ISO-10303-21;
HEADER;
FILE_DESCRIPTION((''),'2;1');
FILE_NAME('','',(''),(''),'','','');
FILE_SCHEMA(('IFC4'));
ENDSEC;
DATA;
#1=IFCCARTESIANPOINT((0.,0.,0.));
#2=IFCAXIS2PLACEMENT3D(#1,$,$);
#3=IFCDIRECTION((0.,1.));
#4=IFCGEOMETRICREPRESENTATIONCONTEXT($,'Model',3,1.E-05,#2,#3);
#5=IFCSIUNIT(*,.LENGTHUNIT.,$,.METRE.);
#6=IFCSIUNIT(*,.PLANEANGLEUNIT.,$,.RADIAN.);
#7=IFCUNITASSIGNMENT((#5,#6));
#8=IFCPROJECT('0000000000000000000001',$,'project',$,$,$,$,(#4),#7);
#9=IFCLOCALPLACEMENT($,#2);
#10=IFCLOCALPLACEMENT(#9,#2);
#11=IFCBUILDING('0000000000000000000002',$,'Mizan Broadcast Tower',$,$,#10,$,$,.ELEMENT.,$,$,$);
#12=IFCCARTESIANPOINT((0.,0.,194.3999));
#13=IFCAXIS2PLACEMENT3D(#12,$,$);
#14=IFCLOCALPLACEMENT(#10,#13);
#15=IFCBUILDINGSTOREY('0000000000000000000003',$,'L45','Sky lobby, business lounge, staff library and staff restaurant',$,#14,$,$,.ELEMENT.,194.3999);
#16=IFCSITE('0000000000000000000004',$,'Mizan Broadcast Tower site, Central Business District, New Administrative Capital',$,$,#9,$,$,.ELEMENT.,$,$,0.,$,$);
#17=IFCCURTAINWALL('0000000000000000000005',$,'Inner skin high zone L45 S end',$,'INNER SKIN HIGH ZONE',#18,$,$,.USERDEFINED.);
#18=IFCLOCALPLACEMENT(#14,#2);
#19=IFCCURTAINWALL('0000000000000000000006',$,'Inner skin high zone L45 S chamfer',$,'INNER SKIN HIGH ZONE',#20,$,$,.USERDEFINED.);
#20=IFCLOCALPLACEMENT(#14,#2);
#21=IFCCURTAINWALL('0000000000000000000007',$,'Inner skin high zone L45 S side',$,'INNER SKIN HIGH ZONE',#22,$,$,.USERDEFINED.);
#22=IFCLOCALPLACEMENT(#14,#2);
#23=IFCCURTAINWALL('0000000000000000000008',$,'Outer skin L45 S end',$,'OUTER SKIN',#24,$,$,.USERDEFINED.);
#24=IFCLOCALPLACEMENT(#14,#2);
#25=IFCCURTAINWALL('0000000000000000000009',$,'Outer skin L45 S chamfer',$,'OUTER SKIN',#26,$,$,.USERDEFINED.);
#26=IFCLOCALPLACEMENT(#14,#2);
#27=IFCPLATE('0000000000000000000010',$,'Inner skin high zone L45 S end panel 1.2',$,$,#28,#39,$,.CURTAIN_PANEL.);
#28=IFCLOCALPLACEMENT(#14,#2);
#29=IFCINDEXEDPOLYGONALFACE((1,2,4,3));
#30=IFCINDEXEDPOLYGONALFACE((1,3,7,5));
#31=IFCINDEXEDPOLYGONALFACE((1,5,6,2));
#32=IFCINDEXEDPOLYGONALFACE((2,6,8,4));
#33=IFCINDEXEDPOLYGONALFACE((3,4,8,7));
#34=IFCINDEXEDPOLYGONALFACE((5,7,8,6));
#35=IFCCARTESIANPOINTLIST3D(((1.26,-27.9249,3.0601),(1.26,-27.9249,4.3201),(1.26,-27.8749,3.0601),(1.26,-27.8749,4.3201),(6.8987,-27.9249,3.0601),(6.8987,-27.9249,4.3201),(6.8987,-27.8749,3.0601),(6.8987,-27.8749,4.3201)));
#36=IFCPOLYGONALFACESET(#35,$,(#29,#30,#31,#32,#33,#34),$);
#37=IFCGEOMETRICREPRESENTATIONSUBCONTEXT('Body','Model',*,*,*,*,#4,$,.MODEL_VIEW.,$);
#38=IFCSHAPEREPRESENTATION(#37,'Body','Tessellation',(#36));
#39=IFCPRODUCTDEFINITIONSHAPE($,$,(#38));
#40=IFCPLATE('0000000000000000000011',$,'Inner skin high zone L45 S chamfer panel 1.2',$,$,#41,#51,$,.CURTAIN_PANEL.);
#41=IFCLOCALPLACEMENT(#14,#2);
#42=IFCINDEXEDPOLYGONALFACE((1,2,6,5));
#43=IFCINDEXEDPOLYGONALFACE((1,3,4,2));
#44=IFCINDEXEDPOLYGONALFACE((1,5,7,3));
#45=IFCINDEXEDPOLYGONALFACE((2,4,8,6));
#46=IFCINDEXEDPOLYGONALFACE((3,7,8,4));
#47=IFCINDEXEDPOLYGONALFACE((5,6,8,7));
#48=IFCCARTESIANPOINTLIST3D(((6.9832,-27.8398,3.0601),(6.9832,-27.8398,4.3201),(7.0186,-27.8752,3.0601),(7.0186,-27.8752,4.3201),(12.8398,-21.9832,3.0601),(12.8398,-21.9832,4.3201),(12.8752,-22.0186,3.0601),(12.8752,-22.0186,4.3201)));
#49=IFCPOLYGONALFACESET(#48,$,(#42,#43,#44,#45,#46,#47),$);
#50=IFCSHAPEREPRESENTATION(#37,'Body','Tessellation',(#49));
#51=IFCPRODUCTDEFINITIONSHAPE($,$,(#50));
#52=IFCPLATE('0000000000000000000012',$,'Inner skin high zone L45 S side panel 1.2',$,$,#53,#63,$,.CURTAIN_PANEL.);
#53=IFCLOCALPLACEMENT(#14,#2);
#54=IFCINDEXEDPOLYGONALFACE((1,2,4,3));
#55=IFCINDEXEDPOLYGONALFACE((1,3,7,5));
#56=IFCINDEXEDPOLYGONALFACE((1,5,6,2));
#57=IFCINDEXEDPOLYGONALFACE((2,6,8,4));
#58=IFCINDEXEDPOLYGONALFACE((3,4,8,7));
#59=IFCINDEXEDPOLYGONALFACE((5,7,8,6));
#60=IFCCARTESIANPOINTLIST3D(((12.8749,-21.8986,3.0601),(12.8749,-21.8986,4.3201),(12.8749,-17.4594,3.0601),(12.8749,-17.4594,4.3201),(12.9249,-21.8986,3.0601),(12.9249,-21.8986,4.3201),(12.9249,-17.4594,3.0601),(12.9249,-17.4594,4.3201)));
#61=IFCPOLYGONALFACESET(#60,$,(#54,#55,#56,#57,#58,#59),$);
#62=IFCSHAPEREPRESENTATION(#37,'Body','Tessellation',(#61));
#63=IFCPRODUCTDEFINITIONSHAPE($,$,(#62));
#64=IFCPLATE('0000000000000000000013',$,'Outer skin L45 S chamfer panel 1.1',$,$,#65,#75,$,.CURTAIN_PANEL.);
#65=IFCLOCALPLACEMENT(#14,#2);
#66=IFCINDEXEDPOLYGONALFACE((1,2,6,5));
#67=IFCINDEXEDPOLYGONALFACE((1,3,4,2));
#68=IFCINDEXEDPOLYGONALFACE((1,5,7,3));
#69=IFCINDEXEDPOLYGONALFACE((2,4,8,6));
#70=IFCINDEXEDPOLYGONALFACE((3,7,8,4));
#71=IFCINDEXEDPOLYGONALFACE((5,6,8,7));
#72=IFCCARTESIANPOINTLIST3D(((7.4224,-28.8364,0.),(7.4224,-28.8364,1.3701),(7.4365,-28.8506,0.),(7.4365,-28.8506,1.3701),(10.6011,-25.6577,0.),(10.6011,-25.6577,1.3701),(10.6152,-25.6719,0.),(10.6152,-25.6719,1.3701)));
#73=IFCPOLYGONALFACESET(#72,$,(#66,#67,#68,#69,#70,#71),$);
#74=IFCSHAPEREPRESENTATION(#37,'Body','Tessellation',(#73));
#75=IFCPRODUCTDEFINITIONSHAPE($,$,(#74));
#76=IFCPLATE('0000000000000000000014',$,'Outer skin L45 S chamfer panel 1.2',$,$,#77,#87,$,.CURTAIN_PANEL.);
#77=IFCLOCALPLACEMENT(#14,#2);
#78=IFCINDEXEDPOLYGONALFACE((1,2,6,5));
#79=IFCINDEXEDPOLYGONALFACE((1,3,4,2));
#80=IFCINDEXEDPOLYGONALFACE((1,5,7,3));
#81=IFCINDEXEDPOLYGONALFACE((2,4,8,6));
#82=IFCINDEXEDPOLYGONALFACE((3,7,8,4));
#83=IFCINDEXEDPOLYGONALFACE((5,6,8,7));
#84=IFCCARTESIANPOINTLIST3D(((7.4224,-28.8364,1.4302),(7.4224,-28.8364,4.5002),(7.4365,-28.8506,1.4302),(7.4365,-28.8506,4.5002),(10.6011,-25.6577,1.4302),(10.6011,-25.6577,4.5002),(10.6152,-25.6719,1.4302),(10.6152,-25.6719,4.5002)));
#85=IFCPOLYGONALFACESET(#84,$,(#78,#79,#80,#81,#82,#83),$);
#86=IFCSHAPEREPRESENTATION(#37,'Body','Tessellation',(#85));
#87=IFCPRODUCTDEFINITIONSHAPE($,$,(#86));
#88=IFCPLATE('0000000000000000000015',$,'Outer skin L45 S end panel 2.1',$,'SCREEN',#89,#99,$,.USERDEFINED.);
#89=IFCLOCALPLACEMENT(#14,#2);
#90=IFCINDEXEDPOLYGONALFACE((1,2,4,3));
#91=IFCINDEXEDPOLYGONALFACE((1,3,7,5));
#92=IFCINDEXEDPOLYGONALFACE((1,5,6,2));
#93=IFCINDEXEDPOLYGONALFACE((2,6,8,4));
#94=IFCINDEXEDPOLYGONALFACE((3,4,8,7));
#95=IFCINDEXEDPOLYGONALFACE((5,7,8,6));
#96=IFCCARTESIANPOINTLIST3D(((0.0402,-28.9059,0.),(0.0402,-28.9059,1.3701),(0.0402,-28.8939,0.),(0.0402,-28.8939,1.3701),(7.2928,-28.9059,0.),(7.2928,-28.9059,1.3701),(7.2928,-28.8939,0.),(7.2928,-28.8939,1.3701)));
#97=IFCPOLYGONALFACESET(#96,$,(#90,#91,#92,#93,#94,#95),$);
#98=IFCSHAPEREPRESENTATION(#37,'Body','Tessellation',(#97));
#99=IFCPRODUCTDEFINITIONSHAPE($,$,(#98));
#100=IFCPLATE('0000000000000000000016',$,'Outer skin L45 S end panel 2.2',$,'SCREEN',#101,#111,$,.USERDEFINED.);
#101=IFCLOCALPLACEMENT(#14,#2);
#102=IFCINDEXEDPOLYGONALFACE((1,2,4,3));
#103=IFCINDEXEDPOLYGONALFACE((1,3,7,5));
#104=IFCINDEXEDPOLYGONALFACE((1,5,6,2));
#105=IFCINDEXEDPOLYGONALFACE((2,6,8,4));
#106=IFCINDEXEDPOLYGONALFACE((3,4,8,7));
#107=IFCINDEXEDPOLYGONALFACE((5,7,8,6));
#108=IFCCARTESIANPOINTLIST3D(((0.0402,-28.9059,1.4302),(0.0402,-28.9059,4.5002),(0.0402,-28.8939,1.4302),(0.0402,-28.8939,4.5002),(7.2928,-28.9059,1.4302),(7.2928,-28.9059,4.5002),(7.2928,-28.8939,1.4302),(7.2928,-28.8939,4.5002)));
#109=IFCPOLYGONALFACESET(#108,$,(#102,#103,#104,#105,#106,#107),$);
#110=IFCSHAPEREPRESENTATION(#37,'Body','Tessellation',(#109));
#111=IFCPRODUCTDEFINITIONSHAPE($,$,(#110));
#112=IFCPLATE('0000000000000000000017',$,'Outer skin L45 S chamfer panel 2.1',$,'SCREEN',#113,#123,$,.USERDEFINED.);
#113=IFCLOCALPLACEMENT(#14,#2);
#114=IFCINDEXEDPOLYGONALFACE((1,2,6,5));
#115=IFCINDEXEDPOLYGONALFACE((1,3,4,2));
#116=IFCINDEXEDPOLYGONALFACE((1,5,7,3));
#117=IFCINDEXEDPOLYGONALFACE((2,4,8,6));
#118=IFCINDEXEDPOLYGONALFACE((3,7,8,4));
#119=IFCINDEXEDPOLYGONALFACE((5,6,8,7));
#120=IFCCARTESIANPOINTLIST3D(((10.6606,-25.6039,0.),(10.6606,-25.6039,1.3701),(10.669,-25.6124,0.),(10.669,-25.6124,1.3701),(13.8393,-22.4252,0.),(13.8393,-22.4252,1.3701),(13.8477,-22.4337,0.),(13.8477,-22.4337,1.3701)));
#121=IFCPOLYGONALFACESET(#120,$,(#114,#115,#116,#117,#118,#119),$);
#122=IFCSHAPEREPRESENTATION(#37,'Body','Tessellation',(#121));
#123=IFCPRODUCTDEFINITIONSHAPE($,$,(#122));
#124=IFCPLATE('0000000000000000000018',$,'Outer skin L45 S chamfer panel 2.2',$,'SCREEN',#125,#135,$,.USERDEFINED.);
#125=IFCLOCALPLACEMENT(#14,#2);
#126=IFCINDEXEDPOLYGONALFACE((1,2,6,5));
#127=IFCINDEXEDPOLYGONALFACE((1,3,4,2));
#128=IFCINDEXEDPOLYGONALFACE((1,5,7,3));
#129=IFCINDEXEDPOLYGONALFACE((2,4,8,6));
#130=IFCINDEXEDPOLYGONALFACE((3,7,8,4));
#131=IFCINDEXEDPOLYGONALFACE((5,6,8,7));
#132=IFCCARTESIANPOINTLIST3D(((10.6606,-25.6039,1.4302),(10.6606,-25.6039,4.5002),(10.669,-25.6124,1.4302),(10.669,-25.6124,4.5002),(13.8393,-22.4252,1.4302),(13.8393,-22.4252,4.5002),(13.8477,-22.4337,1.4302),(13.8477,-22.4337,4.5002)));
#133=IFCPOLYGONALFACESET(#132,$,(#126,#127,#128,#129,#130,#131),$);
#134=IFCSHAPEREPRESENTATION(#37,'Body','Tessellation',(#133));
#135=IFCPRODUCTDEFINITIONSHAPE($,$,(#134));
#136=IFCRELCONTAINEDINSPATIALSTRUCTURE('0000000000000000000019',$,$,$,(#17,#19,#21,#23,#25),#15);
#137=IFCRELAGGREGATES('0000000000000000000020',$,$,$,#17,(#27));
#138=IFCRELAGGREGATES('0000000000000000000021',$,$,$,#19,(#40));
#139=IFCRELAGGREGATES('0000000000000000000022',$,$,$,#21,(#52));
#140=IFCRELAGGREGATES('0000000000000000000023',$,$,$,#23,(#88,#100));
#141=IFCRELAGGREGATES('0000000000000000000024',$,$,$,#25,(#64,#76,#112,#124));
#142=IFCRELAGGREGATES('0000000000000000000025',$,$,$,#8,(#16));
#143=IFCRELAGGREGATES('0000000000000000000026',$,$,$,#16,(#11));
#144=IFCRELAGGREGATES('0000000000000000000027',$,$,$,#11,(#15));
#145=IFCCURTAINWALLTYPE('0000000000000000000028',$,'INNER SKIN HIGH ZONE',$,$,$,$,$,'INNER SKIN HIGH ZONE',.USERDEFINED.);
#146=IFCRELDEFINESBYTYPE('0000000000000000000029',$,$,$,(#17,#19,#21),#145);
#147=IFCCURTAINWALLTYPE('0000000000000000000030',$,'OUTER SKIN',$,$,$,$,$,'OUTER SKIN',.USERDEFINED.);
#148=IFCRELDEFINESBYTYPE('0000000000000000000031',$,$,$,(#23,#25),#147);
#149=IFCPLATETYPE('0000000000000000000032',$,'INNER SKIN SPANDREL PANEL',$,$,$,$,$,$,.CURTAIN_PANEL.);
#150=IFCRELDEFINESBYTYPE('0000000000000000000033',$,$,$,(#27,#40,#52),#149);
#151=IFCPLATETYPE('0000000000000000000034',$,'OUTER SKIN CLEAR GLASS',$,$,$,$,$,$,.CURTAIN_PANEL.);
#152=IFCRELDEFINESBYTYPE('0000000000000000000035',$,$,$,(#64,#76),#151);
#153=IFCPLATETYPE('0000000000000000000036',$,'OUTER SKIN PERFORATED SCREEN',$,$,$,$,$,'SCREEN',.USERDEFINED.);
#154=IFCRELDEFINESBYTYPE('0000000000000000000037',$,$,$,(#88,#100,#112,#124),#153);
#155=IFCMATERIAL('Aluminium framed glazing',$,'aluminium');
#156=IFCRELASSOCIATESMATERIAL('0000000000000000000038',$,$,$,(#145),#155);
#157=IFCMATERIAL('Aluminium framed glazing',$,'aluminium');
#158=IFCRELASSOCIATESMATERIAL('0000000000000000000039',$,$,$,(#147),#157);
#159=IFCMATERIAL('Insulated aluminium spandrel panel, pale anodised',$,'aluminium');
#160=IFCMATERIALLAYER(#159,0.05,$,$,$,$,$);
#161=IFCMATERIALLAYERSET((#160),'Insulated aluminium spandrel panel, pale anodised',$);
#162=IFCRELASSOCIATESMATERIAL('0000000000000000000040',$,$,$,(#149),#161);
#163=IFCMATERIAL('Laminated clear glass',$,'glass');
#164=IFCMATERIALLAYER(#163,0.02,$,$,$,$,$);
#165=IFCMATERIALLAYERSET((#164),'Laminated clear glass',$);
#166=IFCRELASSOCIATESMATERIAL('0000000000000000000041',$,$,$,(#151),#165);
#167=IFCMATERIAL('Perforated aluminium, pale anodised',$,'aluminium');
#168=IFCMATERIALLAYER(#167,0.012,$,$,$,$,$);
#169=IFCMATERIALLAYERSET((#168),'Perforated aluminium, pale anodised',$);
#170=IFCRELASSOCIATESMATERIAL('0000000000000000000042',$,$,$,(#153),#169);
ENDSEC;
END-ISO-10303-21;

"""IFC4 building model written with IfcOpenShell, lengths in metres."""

from ifc_helpers import new_model, si_unit, direction, frame, origin, origin_2d, place, context, subcontext, project, spatial, rectangle, extrude, material, layer, layer_set, type_object, element, aggregate, save


model = new_model("IFC4")

# Units and contexts
model_context = context("Model", 3, precision=1e-05, world=origin(), true_north=direction((0.0, 1.0)))
body_context = subcontext(model_context, "Body", "Model", "MODEL_VIEW")
ifc_project = project(units=[si_unit("LENGTHUNIT", "METRE"), si_unit("PLANEANGLEUNIT", "RADIAN")], contexts=[model_context])

# Site, building, storey
site_placement = place(None, origin())
site = spatial("IfcSite", under=ifc_project, at=site_placement, Name="Mizan Broadcast Tower site, Central Business District, New Administrative Capital", CompositionType="ELEMENT", RefElevation=0.0)
building_placement = place(site_placement, origin())
building = spatial("IfcBuilding", under=site, at=building_placement, Name="Mizan Broadcast Tower", CompositionType="ELEMENT")
storey_placement = place(building_placement, frame((0.0, 0.0, 194.3999)))
storey = spatial("IfcBuildingStorey", under=building, at=storey_placement, Name="L45", Description="Sky lobby, business lounge, staff library and staff restaurant", CompositionType="ELEMENT", Elevation=194.3999)

# Curtain wall
ifc_material_1 = material(Name="Aluminium framed glazing", Category="aluminium")
curtain_wall_type_1 = type_object("IfcCurtainWallType", Name="INNER SKIN HIGH ZONE", ElementType="INNER SKIN HIGH ZONE", PredefinedType="USERDEFINED", material=ifc_material_1)
curtain_wall_1_placement = place(storey_placement, origin())
curtain_wall_1 = element("IfcCurtainWall", 1, at=curtain_wall_1_placement, inside=storey, type_object=curtain_wall_type_1, Name="Inner skin high zone L45 S end", ObjectType="INNER SKIN HIGH ZONE", PredefinedType="USERDEFINED")

# Curtain walls
curtain_wall_2_placement = place(storey_placement, origin())
curtain_wall_2 = element("IfcCurtainWall", 2, at=curtain_wall_2_placement, inside=storey, type_object=curtain_wall_type_1, Name="Inner skin high zone L45 S chamfer", ObjectType="INNER SKIN HIGH ZONE", PredefinedType="USERDEFINED")
curtain_wall_3_placement = place(storey_placement, origin())
curtain_wall_3 = element("IfcCurtainWall", 3, at=curtain_wall_3_placement, inside=storey, type_object=curtain_wall_type_1, Name="Inner skin high zone L45 S side", ObjectType="INNER SKIN HIGH ZONE", PredefinedType="USERDEFINED")

# Curtain wall
ifc_material_2 = material(Name="Aluminium framed glazing", Category="aluminium")
curtain_wall_type_2 = type_object("IfcCurtainWallType", Name="OUTER SKIN", ElementType="OUTER SKIN", PredefinedType="USERDEFINED", material=ifc_material_2)
curtain_wall_4_placement = place(storey_placement, origin())
curtain_wall_4 = element("IfcCurtainWall", 4, at=curtain_wall_4_placement, inside=storey, type_object=curtain_wall_type_2, Name="Outer skin L45 S end", ObjectType="OUTER SKIN", PredefinedType="USERDEFINED")

# Curtain wall
curtain_wall_5_placement = place(storey_placement, origin())
curtain_wall_5 = element("IfcCurtainWall", 5, at=curtain_wall_5_placement, inside=storey, type_object=curtain_wall_type_2, Name="Outer skin L45 S chamfer", ObjectType="OUTER SKIN", PredefinedType="USERDEFINED")

# Plates
ifc_material_3 = material(Name="Insulated aluminium spandrel panel, pale anodised", Category="aluminium")
ifc_layer_1 = layer(ifc_material_3, 0.05)
ifc_layer_set_1 = layer_set([ifc_layer_1], Name="Insulated aluminium spandrel panel, pale anodised")
plate_type_1 = type_object("IfcPlateType", Name="INNER SKIN SPANDREL PANEL", PredefinedType="CURTAIN_PANEL", material=ifc_layer_set_1)
plate_1_placement = place(storey_placement, frame((4.0793, -27.8999, 3.0601), z_axis=(0.0, 0.0, 1.0), x_axis=(1.0, 0.0, 0.0)))
plate_1 = element("IfcPlate", 6, at=plate_1_placement, type_object=plate_type_1, Name="Inner skin high zone L45 S end panel 1.2", PredefinedType="CURTAIN_PANEL", context=body_context, shape_type="SweptSolid", body=[
    extrude(rectangle(XDim=5.6387, YDim=0.05, at=origin_2d()), origin(), (0.0, 0.0, 1.0), 1.26),
])
aggregate(curtain_wall_1, [plate_1])
plate_2_placement = place(storey_placement, frame((9.9292, -24.9292, 3.0601), z_axis=(0.0, 0.0, 1.0), x_axis=(0.707107, 0.707107, 0.0)))
plate_2 = element("IfcPlate", 7, at=plate_2_placement, type_object=plate_type_1, Name="Inner skin high zone L45 S chamfer panel 1.2", PredefinedType="CURTAIN_PANEL", context=body_context, shape_type="SweptSolid", body=[
    extrude(rectangle(XDim=8.2825, YDim=0.05, at=origin_2d()), origin(), (0.0, 0.0, 1.0), 1.26),
])
aggregate(curtain_wall_2, [plate_2])
plate_3_placement = place(storey_placement, frame((12.8999, -19.679, 3.0601), z_axis=(0.0, 0.0, 1.0), x_axis=(0.0, 1.0, 0.0)))
plate_3 = element("IfcPlate", 8, at=plate_3_placement, type_object=plate_type_1, Name="Inner skin high zone L45 S side panel 1.2", PredefinedType="CURTAIN_PANEL", context=body_context, shape_type="SweptSolid", body=[
    extrude(rectangle(XDim=4.4392, YDim=0.05, at=origin_2d()), origin(), (0.0, 0.0, 1.0), 1.26),
])
aggregate(curtain_wall_3, [plate_3])
ifc_material_4 = material(Name="Laminated clear glass", Category="glass")
ifc_layer_2 = layer(ifc_material_4, 0.02)
ifc_layer_set_2 = layer_set([ifc_layer_2], Name="Laminated clear glass")
plate_type_2 = type_object("IfcPlateType", Name="OUTER SKIN CLEAR GLASS", PredefinedType="CURTAIN_PANEL", material=ifc_layer_set_2)
plate_4_placement = place(storey_placement, frame((9.0188, -27.2542, 0.0), z_axis=(0.0, 0.0, 1.0), x_axis=(0.707107, 0.707107, 0.0)))
plate_4 = element("IfcPlate", 9, at=plate_4_placement, type_object=plate_type_2, Name="Outer skin L45 S chamfer panel 1.1", PredefinedType="CURTAIN_PANEL", context=body_context, shape_type="SweptSolid", body=[
    extrude(rectangle(XDim=4.4954, YDim=0.02, at=origin_2d()), origin(), (0.0, 0.0, 1.0), 1.3701),
])
plate_5_placement = place(storey_placement, frame((9.0188, -27.2542, 1.4302), z_axis=(0.0, 0.0, 1.0), x_axis=(0.707107, 0.707107, 0.0)))
plate_5 = element("IfcPlate", 10, at=plate_5_placement, type_object=plate_type_2, Name="Outer skin L45 S chamfer panel 1.2", PredefinedType="CURTAIN_PANEL", context=body_context, shape_type="SweptSolid", body=[
    extrude(rectangle(XDim=4.4954, YDim=0.02, at=origin_2d()), origin(), (0.0, 0.0, 1.0), 3.0701),
])
ifc_material_5 = material(Name="Perforated aluminium, pale anodised", Category="aluminium")
ifc_layer_3 = layer(ifc_material_5, 0.012)
ifc_layer_set_3 = layer_set([ifc_layer_3], Name="Perforated aluminium, pale anodised")
plate_type_3 = type_object("IfcPlateType", Name="OUTER SKIN PERFORATED SCREEN", ElementType="SCREEN", PredefinedType="USERDEFINED", material=ifc_layer_set_3)
plate_6_placement = place(storey_placement, frame((3.6665, -28.8999, 0.0), z_axis=(0.0, 0.0, 1.0), x_axis=(1.0, 0.0, 0.0)))
plate_6 = element("IfcPlate", 11, at=plate_6_placement, type_object=plate_type_3, Name="Outer skin L45 S end panel 2.1", ObjectType="SCREEN", PredefinedType="USERDEFINED", context=body_context, shape_type="SweptSolid", body=[
    extrude(rectangle(XDim=7.2527, YDim=0.012, at=origin_2d()), origin(), (0.0, 0.0, 1.0), 1.3701),
])
plate_7_placement = place(storey_placement, frame((3.6665, -28.8999, 1.4302), z_axis=(0.0, 0.0, 1.0), x_axis=(1.0, 0.0, 0.0)))
plate_7 = element("IfcPlate", 12, at=plate_7_placement, type_object=plate_type_3, Name="Outer skin L45 S end panel 2.2", ObjectType="SCREEN", PredefinedType="USERDEFINED", context=body_context, shape_type="SweptSolid", body=[
    extrude(rectangle(XDim=7.2527, YDim=0.012, at=origin_2d()), origin(), (0.0, 0.0, 1.0), 3.0701),
])
aggregate(curtain_wall_4, [plate_6, plate_7])
plate_8_placement = place(storey_placement, frame((12.2542, -24.0188, 0.0), z_axis=(0.0, 0.0, 1.0), x_axis=(0.707107, 0.707107, 0.0)))
plate_8 = element("IfcPlate", 13, at=plate_8_placement, type_object=plate_type_3, Name="Outer skin L45 S chamfer panel 2.1", ObjectType="SCREEN", PredefinedType="USERDEFINED", context=body_context, shape_type="SweptSolid", body=[
    extrude(rectangle(XDim=4.4954, YDim=0.012, at=origin_2d()), origin(), (0.0, 0.0, 1.0), 1.3701),
])
plate_9_placement = place(storey_placement, frame((12.2542, -24.0188, 1.4302), z_axis=(0.0, 0.0, 1.0), x_axis=(0.707107, 0.707107, 0.0)))
plate_9 = element("IfcPlate", 14, at=plate_9_placement, type_object=plate_type_3, Name="Outer skin L45 S chamfer panel 2.2", ObjectType="SCREEN", PredefinedType="USERDEFINED", context=body_context, shape_type="SweptSolid", body=[
    extrude(rectangle(XDim=4.4954, YDim=0.012, at=origin_2d()), origin(), (0.0, 0.0, 1.0), 3.0701),
])
aggregate(curtain_wall_5, [plate_4, plate_5, plate_8, plate_9])

save(model, "model.ifc")
